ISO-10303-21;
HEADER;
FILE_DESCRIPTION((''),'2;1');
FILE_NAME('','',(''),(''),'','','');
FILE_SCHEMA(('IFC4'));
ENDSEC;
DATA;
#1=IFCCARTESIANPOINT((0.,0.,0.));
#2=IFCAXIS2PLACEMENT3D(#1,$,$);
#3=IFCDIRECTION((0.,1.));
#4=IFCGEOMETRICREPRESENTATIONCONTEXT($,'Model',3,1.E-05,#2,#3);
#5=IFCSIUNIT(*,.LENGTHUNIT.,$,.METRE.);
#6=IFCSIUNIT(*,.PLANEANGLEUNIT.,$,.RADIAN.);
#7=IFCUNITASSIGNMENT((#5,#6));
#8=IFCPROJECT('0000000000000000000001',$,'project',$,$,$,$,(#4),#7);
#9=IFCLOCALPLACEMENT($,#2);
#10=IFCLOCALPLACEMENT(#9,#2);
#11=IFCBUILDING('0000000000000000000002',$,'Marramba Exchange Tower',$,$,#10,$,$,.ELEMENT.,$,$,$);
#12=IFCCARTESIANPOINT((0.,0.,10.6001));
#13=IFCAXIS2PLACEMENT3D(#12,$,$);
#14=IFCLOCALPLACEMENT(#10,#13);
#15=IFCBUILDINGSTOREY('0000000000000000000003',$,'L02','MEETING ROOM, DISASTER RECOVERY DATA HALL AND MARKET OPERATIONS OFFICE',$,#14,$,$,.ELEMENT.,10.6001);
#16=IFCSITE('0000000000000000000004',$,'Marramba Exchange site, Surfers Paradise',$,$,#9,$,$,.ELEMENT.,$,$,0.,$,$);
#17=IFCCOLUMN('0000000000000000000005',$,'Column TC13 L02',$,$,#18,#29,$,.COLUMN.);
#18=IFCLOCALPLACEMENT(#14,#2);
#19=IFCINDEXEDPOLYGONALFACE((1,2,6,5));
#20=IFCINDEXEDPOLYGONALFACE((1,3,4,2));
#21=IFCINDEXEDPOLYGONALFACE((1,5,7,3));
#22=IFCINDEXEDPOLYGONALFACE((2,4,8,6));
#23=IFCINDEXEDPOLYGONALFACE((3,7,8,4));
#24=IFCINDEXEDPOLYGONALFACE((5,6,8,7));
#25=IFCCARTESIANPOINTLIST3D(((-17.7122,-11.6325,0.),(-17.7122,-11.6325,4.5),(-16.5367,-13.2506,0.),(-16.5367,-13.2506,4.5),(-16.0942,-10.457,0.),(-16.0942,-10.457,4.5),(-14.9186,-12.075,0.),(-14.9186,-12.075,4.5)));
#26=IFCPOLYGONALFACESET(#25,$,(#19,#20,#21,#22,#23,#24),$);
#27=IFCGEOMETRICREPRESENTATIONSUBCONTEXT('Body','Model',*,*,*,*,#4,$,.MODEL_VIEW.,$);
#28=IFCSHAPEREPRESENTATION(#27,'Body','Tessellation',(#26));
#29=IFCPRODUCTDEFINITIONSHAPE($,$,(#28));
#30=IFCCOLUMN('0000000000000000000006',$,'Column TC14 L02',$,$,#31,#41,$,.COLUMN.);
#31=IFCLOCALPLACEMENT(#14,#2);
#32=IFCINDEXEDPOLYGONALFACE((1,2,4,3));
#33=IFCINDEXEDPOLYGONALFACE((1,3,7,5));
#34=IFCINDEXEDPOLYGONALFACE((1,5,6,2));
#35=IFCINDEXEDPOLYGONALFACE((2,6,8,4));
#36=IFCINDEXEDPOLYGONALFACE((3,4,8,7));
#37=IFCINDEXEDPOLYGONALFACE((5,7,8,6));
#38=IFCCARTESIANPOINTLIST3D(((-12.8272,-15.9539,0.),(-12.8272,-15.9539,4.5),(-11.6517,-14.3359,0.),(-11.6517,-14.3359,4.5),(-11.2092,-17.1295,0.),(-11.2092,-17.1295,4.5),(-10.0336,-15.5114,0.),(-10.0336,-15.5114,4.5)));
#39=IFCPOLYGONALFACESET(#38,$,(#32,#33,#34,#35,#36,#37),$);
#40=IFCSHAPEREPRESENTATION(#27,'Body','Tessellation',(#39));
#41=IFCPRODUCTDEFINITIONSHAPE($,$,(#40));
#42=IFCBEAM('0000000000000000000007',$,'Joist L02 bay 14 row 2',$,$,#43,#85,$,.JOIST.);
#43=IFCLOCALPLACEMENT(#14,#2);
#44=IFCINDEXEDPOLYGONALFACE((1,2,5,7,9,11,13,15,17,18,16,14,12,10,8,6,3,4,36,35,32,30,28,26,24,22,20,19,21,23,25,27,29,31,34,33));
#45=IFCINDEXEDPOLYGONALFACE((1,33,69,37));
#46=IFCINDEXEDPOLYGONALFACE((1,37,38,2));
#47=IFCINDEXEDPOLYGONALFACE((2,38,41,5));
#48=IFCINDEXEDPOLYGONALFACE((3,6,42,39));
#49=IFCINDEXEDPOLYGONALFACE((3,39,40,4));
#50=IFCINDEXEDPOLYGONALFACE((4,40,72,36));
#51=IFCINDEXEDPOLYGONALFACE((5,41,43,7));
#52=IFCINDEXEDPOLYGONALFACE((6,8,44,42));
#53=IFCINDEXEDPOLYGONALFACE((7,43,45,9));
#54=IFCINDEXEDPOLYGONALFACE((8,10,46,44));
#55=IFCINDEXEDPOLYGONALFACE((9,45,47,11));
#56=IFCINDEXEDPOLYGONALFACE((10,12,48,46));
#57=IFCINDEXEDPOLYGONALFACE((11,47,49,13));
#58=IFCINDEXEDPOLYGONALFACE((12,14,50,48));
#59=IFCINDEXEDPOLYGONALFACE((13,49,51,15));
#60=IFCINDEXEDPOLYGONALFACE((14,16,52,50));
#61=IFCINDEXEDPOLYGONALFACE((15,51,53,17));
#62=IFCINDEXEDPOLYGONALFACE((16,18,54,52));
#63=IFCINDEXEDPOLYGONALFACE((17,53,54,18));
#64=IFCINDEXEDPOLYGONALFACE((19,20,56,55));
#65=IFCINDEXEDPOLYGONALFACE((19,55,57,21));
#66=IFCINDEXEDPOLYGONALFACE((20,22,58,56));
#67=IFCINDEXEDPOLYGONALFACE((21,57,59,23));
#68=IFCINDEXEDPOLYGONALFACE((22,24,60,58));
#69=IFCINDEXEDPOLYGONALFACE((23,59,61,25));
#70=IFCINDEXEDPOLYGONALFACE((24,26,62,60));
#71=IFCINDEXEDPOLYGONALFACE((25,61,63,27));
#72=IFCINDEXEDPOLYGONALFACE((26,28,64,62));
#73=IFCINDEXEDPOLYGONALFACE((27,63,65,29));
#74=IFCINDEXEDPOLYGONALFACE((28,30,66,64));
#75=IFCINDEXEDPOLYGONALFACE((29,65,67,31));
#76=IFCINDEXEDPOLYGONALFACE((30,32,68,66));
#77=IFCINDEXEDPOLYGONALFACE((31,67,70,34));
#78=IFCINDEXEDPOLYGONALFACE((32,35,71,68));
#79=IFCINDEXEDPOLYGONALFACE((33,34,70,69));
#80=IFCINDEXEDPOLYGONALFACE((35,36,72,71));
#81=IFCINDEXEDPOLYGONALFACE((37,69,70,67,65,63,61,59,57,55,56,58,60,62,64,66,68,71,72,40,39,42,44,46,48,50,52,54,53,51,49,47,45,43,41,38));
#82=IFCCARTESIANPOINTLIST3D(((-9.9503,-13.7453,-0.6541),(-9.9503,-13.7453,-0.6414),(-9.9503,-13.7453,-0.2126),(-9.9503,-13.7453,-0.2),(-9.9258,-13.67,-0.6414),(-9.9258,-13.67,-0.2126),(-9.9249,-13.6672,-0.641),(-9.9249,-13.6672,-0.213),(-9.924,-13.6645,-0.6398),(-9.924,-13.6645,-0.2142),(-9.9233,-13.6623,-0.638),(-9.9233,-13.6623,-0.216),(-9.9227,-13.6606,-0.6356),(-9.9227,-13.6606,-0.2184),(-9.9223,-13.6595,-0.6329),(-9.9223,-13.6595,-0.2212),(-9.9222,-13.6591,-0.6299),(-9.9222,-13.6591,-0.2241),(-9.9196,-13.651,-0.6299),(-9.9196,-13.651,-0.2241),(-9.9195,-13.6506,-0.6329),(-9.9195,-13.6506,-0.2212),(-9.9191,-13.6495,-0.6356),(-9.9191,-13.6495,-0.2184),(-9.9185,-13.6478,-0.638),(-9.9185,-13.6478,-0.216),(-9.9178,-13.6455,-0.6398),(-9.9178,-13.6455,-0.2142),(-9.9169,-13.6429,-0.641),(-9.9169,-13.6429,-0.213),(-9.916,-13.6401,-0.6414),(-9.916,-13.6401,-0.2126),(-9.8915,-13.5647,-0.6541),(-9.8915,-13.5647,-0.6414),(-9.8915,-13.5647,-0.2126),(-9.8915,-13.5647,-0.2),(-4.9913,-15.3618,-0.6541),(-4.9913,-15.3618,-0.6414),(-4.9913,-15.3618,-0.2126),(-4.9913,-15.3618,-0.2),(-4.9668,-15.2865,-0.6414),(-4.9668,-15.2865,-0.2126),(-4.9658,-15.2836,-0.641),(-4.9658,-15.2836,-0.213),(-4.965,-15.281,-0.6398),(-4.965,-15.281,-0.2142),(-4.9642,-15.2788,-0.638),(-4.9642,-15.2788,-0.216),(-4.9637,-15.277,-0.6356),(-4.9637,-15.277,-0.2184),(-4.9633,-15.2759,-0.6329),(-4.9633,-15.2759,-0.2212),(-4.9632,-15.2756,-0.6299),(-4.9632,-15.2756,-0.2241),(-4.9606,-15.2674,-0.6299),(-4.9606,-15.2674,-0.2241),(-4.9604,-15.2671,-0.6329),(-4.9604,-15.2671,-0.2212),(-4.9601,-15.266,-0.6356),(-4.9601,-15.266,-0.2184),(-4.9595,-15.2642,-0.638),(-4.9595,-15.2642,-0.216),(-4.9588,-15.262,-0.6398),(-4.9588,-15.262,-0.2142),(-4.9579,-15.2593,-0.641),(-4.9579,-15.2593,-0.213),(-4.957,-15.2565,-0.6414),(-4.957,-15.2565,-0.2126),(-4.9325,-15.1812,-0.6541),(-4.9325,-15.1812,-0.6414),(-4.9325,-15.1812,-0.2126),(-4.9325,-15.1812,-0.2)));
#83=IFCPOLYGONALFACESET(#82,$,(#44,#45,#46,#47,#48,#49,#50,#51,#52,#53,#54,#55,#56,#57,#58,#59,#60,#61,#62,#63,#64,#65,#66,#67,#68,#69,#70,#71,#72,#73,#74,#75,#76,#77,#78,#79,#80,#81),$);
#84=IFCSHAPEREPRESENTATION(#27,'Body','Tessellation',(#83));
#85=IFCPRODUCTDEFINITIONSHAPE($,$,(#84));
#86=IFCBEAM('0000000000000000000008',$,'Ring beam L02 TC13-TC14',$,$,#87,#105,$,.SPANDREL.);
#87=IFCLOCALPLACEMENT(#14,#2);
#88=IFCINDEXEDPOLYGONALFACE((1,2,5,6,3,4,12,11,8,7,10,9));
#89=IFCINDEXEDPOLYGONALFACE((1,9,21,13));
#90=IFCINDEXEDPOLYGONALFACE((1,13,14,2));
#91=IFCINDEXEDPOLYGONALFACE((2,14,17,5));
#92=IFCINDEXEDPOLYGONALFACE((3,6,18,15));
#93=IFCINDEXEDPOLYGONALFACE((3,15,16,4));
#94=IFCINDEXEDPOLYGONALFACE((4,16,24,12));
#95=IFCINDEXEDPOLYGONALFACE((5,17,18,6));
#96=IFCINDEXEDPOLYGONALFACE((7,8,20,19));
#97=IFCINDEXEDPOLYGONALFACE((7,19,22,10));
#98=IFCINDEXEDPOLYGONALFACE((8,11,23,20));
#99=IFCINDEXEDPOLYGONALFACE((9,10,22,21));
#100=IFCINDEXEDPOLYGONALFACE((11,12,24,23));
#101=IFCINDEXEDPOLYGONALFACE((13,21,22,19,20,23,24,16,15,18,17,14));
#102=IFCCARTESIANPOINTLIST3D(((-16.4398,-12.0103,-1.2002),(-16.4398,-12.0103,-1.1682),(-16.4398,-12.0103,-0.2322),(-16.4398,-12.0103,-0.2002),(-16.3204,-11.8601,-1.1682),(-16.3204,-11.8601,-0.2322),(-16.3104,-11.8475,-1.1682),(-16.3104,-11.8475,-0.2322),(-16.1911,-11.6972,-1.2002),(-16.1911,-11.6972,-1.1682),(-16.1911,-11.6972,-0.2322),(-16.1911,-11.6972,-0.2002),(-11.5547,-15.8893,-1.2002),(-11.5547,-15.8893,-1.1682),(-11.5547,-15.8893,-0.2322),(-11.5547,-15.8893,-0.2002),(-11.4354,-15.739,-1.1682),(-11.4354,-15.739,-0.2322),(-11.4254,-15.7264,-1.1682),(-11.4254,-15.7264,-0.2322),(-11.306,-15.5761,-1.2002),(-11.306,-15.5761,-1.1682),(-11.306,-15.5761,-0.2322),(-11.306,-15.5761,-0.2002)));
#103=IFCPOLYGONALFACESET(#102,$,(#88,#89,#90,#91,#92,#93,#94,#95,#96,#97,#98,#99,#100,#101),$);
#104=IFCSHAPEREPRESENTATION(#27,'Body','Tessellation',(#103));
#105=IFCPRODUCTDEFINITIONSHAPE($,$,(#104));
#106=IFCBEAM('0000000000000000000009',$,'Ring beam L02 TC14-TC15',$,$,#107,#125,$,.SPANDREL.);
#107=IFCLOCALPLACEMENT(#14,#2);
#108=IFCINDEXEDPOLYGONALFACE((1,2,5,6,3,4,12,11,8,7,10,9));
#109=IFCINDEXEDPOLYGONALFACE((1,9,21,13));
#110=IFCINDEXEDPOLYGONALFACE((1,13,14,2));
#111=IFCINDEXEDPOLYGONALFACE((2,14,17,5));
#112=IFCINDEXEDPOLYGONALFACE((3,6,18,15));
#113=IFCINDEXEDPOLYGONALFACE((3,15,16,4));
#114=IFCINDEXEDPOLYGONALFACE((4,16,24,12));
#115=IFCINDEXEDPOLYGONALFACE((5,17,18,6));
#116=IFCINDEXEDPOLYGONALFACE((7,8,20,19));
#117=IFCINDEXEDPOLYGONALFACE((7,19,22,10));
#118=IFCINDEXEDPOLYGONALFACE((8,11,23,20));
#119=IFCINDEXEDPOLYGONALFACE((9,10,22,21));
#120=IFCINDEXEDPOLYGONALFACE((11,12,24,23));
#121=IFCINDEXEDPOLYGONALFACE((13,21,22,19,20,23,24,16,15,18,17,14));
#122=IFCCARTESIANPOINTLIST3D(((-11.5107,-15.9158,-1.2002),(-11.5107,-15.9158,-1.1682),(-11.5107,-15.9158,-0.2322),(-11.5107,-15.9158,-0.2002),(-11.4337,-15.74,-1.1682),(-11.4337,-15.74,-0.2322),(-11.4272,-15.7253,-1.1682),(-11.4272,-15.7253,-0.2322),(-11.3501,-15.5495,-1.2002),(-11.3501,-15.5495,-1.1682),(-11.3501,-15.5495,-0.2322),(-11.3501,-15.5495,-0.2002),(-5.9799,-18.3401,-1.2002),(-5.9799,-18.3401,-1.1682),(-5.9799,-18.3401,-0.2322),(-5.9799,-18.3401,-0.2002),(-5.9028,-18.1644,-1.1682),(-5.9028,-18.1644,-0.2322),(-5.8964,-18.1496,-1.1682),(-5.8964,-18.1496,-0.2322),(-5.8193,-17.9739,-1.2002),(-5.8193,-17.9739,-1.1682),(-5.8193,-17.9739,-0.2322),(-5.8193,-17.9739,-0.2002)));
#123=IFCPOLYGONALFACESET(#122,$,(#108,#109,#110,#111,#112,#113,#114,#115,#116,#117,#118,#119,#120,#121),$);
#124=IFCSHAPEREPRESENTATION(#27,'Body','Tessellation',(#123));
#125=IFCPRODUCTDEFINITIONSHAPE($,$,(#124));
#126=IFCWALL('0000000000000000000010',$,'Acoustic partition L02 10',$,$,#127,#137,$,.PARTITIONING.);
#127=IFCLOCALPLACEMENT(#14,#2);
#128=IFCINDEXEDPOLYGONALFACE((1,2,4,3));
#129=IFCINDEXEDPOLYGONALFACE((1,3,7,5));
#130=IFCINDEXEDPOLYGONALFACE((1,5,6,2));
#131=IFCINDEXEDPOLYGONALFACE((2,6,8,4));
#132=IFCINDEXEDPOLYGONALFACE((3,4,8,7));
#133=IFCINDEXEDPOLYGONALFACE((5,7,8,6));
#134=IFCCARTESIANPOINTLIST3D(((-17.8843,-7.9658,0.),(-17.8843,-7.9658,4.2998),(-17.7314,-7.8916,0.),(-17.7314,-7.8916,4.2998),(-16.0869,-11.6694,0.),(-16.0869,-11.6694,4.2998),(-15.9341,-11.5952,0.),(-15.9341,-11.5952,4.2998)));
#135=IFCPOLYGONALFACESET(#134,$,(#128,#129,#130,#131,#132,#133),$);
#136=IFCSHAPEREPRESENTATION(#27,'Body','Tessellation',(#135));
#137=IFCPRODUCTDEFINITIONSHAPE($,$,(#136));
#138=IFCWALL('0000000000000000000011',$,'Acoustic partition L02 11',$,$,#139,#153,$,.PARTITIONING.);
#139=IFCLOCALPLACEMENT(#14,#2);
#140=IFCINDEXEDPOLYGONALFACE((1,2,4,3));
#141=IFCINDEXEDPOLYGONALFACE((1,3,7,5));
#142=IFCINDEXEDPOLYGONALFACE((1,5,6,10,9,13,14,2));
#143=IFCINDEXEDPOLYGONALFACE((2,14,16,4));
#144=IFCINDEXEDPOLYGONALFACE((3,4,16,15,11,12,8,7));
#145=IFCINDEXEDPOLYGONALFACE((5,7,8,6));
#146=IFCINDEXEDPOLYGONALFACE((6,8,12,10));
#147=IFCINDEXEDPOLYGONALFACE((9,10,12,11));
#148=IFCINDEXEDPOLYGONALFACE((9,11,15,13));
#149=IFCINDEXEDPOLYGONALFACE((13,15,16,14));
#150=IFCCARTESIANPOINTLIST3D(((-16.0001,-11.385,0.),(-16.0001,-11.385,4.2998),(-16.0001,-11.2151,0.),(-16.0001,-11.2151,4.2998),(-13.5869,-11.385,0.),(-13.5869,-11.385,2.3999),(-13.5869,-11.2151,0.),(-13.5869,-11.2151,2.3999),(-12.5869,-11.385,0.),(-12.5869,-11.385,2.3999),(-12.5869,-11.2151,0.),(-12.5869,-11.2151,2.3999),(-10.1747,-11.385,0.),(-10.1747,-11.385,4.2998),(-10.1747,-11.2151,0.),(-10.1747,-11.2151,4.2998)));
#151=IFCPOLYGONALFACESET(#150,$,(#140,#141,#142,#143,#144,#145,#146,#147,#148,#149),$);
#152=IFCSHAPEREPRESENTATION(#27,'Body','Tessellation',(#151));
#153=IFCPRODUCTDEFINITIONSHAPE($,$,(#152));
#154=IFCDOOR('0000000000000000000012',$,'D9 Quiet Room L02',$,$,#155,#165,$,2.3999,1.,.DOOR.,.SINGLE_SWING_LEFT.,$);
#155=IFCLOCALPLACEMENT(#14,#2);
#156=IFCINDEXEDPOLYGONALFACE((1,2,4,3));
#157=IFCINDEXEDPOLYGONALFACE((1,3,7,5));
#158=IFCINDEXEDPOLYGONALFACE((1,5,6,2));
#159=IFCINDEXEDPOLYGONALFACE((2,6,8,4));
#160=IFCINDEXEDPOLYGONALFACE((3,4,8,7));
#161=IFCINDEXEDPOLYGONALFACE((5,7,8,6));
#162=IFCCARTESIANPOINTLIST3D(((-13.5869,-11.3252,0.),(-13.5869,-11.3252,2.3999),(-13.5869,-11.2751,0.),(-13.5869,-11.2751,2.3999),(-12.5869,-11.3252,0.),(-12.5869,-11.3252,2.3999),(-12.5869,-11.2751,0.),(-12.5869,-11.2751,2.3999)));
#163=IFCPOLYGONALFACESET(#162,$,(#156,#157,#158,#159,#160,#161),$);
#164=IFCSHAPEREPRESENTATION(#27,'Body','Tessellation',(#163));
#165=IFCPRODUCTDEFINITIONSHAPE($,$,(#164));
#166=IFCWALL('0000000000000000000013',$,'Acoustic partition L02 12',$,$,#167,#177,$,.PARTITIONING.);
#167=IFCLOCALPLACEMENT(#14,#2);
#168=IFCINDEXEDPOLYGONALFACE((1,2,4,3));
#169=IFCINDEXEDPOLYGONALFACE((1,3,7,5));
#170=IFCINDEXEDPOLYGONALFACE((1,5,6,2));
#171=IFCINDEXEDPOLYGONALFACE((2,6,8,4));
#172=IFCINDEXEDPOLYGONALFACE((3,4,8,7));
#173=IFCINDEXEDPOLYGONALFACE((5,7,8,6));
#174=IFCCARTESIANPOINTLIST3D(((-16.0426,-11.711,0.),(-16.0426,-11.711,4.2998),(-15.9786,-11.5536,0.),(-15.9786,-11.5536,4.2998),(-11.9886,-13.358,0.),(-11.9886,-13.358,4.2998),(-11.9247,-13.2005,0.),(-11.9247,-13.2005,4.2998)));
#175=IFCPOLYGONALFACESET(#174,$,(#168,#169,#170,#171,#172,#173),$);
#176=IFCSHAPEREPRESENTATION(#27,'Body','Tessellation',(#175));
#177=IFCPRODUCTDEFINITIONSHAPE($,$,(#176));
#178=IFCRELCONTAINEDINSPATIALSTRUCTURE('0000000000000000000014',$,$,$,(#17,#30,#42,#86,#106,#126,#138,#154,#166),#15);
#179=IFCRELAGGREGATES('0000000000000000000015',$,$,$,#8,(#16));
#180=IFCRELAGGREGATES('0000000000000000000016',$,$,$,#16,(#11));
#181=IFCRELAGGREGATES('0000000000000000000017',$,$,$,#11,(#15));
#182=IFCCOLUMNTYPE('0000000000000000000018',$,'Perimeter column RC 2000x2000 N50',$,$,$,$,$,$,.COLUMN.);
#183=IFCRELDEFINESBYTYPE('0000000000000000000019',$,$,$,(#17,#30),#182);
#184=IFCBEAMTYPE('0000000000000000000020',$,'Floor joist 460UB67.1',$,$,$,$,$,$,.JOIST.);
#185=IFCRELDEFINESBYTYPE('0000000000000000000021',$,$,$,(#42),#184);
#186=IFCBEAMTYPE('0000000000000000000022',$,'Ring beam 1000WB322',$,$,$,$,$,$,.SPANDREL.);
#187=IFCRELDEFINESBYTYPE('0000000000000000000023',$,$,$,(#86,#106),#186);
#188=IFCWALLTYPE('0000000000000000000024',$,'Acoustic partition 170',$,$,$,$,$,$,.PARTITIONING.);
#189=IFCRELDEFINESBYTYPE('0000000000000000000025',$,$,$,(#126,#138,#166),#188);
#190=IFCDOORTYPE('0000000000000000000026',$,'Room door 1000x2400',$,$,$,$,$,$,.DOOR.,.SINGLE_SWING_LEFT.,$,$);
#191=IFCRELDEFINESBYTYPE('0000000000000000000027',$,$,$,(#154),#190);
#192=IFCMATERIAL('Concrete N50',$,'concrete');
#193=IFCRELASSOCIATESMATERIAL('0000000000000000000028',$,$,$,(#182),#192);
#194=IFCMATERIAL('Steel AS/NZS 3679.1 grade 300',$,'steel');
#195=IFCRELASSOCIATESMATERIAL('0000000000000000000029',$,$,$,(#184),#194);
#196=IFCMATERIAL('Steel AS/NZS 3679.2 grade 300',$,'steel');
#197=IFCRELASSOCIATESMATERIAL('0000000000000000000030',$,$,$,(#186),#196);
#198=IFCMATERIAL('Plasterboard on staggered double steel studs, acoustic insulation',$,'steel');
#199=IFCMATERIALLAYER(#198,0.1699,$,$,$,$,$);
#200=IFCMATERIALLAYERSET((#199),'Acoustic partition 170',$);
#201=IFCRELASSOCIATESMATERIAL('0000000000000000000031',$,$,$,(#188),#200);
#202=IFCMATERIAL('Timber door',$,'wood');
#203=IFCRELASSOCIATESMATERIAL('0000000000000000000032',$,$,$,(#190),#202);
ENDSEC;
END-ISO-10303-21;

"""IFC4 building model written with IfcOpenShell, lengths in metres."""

from ifc_helpers import new_model, si_unit, direction, frame, frame_2d, origin, origin_2d, place, context, subcontext, project, spatial, rectangle, i_section, extrude, material, layer, layer_set, material_profile, profile_set, type_object, element, fill, save


model = new_model("IFC4")

# Units and contexts
model_context = context("Model", 3, precision=1e-05, world=origin(), true_north=direction((0.0, 1.0)))
body_context = subcontext(model_context, "Body", "Model", "MODEL_VIEW")
ifc_project = project(units=[si_unit("LENGTHUNIT", "METRE"), si_unit("PLANEANGLEUNIT", "RADIAN")], contexts=[model_context])

# Site, building, storey
site_placement = place(None, origin())
site = spatial("IfcSite", under=ifc_project, at=site_placement, Name="Marramba Exchange site, Surfers Paradise", CompositionType="ELEMENT", RefElevation=0.0)
building_placement = place(site_placement, origin())
building = spatial("IfcBuilding", under=site, at=building_placement, Name="Marramba Exchange Tower", CompositionType="ELEMENT")
storey_placement = place(building_placement, frame((0.0, 0.0, 10.6001)))
storey = spatial("IfcBuildingStorey", under=building, at=storey_placement, Name="L02", Description="MEETING ROOM, DISASTER RECOVERY DATA HALL AND MARKET OPERATIONS OFFICE", CompositionType="ELEMENT", Elevation=10.6001)

# Columns
ifc_material_1 = material(Name="Concrete N50", Category="concrete")
ifc_material_profile_1 = material_profile(ifc_material_1, rectangle(XDim=2.0, YDim=2.0, at=origin_2d()), Name="RC 2000x2000")
ifc_profile_set_1 = profile_set([ifc_material_profile_1], Name="Concrete N50")
column_type = type_object("IfcColumnType", Name="Perimeter column RC 2000x2000 N50", PredefinedType="COLUMN", material=ifc_profile_set_1)
for number, where, z_axis, x_axis, name in (
    (1, (-16.3154, -11.8538, 0.0), (0.0, 0.0, 1.0), (-0.809017, -0.587785, 0.0), "Column TC13 L02"),
    (2, (-11.4304, -15.7327, 0.0), (0.0, 0.0, 1.0), (-0.587785, -0.809017, 0.0), "Column TC14 L02"),
):
    element("IfcColumn", number, at=place(storey_placement, frame(where, z_axis=z_axis, x_axis=x_axis)), inside=storey, type_object=column_type, Name=name, PredefinedType="COLUMN", context=body_context, shape_type="SweptSolid", body=[
        extrude(rectangle(XDim=2.0, YDim=2.0, at=origin_2d()), origin(), (0.0, 0.0, 1.0), 4.5),
    ])

# Beams
ifc_material_2 = material(Name="Steel AS/NZS 3679.1 grade 300", Category="steel")
ifc_material_profile_2 = material_profile(ifc_material_2, i_section(OverallWidth=0.1899, OverallDepth=0.4541, WebThickness=0.0085, FlangeThickness=0.0127, FilletRadius=0.0115, at=origin_2d()), Name="460UB67.1")
ifc_profile_set_2 = profile_set([ifc_material_profile_2], Name="Steel AS/NZS 3679.1 grade 300")
beam_type_1 = type_object("IfcBeamType", Name="Floor joist 460UB67.1", PredefinedType="JOIST", material=ifc_profile_set_2)
beam_1_placement = place(storey_placement, frame((-9.9209, -13.655, -0.427), z_axis=(0.950764, -0.309916, 0.0), x_axis=(0.309916, 0.950764, 0.0)))
element("IfcBeam", 3, at=beam_1_placement, inside=storey, type_object=beam_type_1, Name="Joist L02 bay 14 row 2", PredefinedType="JOIST", context=body_context, shape_type="SweptSolid", body=[
    extrude(i_section(OverallWidth=0.1899, OverallDepth=0.4541, WebThickness=0.0085, FlangeThickness=0.0127, FilletRadius=0.0115, at=origin_2d()), origin(), (0.0, 0.0, 1.0), 5.2158),
])
ifc_material_3 = material(Name="Steel AS/NZS 3679.2 grade 300", Category="steel")
ifc_material_profile_3 = material_profile(ifc_material_3, i_section(OverallWidth=0.3999, OverallDepth=1.0, WebThickness=0.0161, FlangeThickness=0.032, at=origin_2d()), Name="1000WB322")
ifc_profile_set_3 = profile_set([ifc_material_profile_3], Name="Steel AS/NZS 3679.2 grade 300")
beam_type_2 = type_object("IfcBeamType", Name="Ring beam 1000WB322", PredefinedType="SPANDREL", material=ifc_profile_set_3)
beam_2_placement = place(storey_placement, frame((-16.3154, -11.8538, -0.7002), z_axis=(0.783139, -0.621846, 0.0), x_axis=(0.621846, 0.783139, 0.0)))
element("IfcBeam", 4, at=beam_2_placement, inside=storey, type_object=beam_type_2, Name="Ring beam L02 TC13-TC14", PredefinedType="SPANDREL", context=body_context, shape_type="SweptSolid", body=[
    extrude(i_section(OverallWidth=0.3999, OverallDepth=1.0, WebThickness=0.0161, FlangeThickness=0.032, at=origin_2d()), origin(), (0.0, 0.0, 1.0), 6.2378),
])
beam_3_placement = place(storey_placement, frame((-11.4304, -15.7327, -0.7002), z_axis=(0.915877, -0.401459, 0.0), x_axis=(0.401459, 0.915877, 0.0)))
element("IfcBeam", 5, at=beam_3_placement, inside=storey, type_object=beam_type_2, Name="Ring beam L02 TC14-TC15", PredefinedType="SPANDREL", context=body_context, shape_type="SweptSolid", body=[
    extrude(i_section(OverallWidth=0.3999, OverallDepth=1.0, WebThickness=0.0161, FlangeThickness=0.032, at=origin_2d()), origin(), (0.0, 0.0, 1.0), 6.0388),
])

# Wall
ifc_material_4 = material(Name="Plasterboard on staggered double steel studs, acoustic insulation", Category="steel")
ifc_layer_1 = layer(ifc_material_4, 0.1699)
ifc_layer_set_1 = layer_set([ifc_layer_1], Name="Acoustic partition 170")
wall_type_1 = type_object("IfcWallType", Name="Acoustic partition 170", PredefinedType="PARTITIONING", material=ifc_layer_set_1)
wall_1_placement = place(storey_placement, frame((-16.0105, -11.6323, 0.0), z_axis=(0.0, 0.0, 1.0), x_axis=(-0.436602, 0.899655, 0.0)))
element("IfcWall", 6, at=wall_1_placement, inside=storey, type_object=wall_type_1, Name="Acoustic partition L02 10", PredefinedType="PARTITIONING", context=body_context, shape_type="SweptSolid", body=[
    extrude(rectangle(XDim=4.1167, YDim=0.1699, at=frame_2d((2.0583, 0.0))), origin(), (0.0, 0.0, 1.0), 4.2998),
])

# Wall, opening, door
wall_2_placement = place(storey_placement, frame((-16.0, -11.3, 0.0), z_axis=(0.0, 0.0, 1.0), x_axis=(1.0, 0.0, 0.0)))
wall_2 = element("IfcWall", 7, at=wall_2_placement, inside=storey, type_object=wall_type_1, Name="Acoustic partition L02 11", PredefinedType="PARTITIONING", context=body_context, shape_type="SweptSolid", body=[
    extrude(rectangle(XDim=5.8254, YDim=0.1699, at=frame_2d((2.9126, 0.0))), origin(), (0.0, 0.0, 1.0), 4.2998),
])
opening_1_placement = place(wall_2_placement, frame((2.4131, 0.0, 0.0)))
opening_1 = element("IfcOpeningElement", 8, at=opening_1_placement, cuts=wall_2, PredefinedType="OPENING", context=body_context, shape_type="SweptSolid", body=[
    extrude(rectangle(XDim=1.0, YDim=2.3999, at=frame_2d((0.5, 1.2))), frame((0.0, 0.095, 0.0), z_axis=(0.0, -1.0, 0.0), x_axis=(1.0, 0.0, 0.0)), (0.0, 0.0, 1.0), 0.1899),
])
ifc_material_5 = material(Name="Timber door", Category="wood")
door_type_1 = type_object("IfcDoorType", Name="Room door 1000x2400", OperationType="SINGLE_SWING_LEFT", PredefinedType="DOOR", material=ifc_material_5)
door_1_placement = place(opening_1_placement, frame((1.0, 0.0, 0.0), z_axis=(0.0, 0.0, 1.0), x_axis=(-1.0, 0.0, 0.0)))
door_1 = element("IfcDoor", 9, at=door_1_placement, inside=storey, type_object=door_type_1, Name="D9 Quiet Room L02", OperationType="SINGLE_SWING_LEFT", OverallHeight=2.3999, OverallWidth=1.0, PredefinedType="DOOR", context=body_context, shape_type="SweptSolid", body=[
    extrude(rectangle(XDim=1.0, YDim=2.3999, at=frame_2d((0.5, 1.2))), frame((0.0, 0.0251, 0.0), z_axis=(0.0, -1.0, 0.0), x_axis=(1.0, 0.0, 0.0)), (0.0, 0.0, 1.0), 0.05),
])
fill(opening_1, door_1)

# Wall
wall_3_placement = place(storey_placement, frame((-11.9565, -13.2793, 0.0), z_axis=(0.0, 0.0, 1.0), x_axis=(-0.926462, 0.376388, 0.0)))
element("IfcWall", 10, at=wall_3_placement, inside=storey, type_object=wall_type_1, Name="Acoustic partition L02 12", PredefinedType="PARTITIONING", context=body_context, shape_type="SweptSolid", body=[
    extrude(rectangle(XDim=4.3757, YDim=0.1699, at=frame_2d((2.188, 0.0))), origin(), (0.0, 0.0, 1.0), 4.2998),
])

save(model, "model.ifc")
